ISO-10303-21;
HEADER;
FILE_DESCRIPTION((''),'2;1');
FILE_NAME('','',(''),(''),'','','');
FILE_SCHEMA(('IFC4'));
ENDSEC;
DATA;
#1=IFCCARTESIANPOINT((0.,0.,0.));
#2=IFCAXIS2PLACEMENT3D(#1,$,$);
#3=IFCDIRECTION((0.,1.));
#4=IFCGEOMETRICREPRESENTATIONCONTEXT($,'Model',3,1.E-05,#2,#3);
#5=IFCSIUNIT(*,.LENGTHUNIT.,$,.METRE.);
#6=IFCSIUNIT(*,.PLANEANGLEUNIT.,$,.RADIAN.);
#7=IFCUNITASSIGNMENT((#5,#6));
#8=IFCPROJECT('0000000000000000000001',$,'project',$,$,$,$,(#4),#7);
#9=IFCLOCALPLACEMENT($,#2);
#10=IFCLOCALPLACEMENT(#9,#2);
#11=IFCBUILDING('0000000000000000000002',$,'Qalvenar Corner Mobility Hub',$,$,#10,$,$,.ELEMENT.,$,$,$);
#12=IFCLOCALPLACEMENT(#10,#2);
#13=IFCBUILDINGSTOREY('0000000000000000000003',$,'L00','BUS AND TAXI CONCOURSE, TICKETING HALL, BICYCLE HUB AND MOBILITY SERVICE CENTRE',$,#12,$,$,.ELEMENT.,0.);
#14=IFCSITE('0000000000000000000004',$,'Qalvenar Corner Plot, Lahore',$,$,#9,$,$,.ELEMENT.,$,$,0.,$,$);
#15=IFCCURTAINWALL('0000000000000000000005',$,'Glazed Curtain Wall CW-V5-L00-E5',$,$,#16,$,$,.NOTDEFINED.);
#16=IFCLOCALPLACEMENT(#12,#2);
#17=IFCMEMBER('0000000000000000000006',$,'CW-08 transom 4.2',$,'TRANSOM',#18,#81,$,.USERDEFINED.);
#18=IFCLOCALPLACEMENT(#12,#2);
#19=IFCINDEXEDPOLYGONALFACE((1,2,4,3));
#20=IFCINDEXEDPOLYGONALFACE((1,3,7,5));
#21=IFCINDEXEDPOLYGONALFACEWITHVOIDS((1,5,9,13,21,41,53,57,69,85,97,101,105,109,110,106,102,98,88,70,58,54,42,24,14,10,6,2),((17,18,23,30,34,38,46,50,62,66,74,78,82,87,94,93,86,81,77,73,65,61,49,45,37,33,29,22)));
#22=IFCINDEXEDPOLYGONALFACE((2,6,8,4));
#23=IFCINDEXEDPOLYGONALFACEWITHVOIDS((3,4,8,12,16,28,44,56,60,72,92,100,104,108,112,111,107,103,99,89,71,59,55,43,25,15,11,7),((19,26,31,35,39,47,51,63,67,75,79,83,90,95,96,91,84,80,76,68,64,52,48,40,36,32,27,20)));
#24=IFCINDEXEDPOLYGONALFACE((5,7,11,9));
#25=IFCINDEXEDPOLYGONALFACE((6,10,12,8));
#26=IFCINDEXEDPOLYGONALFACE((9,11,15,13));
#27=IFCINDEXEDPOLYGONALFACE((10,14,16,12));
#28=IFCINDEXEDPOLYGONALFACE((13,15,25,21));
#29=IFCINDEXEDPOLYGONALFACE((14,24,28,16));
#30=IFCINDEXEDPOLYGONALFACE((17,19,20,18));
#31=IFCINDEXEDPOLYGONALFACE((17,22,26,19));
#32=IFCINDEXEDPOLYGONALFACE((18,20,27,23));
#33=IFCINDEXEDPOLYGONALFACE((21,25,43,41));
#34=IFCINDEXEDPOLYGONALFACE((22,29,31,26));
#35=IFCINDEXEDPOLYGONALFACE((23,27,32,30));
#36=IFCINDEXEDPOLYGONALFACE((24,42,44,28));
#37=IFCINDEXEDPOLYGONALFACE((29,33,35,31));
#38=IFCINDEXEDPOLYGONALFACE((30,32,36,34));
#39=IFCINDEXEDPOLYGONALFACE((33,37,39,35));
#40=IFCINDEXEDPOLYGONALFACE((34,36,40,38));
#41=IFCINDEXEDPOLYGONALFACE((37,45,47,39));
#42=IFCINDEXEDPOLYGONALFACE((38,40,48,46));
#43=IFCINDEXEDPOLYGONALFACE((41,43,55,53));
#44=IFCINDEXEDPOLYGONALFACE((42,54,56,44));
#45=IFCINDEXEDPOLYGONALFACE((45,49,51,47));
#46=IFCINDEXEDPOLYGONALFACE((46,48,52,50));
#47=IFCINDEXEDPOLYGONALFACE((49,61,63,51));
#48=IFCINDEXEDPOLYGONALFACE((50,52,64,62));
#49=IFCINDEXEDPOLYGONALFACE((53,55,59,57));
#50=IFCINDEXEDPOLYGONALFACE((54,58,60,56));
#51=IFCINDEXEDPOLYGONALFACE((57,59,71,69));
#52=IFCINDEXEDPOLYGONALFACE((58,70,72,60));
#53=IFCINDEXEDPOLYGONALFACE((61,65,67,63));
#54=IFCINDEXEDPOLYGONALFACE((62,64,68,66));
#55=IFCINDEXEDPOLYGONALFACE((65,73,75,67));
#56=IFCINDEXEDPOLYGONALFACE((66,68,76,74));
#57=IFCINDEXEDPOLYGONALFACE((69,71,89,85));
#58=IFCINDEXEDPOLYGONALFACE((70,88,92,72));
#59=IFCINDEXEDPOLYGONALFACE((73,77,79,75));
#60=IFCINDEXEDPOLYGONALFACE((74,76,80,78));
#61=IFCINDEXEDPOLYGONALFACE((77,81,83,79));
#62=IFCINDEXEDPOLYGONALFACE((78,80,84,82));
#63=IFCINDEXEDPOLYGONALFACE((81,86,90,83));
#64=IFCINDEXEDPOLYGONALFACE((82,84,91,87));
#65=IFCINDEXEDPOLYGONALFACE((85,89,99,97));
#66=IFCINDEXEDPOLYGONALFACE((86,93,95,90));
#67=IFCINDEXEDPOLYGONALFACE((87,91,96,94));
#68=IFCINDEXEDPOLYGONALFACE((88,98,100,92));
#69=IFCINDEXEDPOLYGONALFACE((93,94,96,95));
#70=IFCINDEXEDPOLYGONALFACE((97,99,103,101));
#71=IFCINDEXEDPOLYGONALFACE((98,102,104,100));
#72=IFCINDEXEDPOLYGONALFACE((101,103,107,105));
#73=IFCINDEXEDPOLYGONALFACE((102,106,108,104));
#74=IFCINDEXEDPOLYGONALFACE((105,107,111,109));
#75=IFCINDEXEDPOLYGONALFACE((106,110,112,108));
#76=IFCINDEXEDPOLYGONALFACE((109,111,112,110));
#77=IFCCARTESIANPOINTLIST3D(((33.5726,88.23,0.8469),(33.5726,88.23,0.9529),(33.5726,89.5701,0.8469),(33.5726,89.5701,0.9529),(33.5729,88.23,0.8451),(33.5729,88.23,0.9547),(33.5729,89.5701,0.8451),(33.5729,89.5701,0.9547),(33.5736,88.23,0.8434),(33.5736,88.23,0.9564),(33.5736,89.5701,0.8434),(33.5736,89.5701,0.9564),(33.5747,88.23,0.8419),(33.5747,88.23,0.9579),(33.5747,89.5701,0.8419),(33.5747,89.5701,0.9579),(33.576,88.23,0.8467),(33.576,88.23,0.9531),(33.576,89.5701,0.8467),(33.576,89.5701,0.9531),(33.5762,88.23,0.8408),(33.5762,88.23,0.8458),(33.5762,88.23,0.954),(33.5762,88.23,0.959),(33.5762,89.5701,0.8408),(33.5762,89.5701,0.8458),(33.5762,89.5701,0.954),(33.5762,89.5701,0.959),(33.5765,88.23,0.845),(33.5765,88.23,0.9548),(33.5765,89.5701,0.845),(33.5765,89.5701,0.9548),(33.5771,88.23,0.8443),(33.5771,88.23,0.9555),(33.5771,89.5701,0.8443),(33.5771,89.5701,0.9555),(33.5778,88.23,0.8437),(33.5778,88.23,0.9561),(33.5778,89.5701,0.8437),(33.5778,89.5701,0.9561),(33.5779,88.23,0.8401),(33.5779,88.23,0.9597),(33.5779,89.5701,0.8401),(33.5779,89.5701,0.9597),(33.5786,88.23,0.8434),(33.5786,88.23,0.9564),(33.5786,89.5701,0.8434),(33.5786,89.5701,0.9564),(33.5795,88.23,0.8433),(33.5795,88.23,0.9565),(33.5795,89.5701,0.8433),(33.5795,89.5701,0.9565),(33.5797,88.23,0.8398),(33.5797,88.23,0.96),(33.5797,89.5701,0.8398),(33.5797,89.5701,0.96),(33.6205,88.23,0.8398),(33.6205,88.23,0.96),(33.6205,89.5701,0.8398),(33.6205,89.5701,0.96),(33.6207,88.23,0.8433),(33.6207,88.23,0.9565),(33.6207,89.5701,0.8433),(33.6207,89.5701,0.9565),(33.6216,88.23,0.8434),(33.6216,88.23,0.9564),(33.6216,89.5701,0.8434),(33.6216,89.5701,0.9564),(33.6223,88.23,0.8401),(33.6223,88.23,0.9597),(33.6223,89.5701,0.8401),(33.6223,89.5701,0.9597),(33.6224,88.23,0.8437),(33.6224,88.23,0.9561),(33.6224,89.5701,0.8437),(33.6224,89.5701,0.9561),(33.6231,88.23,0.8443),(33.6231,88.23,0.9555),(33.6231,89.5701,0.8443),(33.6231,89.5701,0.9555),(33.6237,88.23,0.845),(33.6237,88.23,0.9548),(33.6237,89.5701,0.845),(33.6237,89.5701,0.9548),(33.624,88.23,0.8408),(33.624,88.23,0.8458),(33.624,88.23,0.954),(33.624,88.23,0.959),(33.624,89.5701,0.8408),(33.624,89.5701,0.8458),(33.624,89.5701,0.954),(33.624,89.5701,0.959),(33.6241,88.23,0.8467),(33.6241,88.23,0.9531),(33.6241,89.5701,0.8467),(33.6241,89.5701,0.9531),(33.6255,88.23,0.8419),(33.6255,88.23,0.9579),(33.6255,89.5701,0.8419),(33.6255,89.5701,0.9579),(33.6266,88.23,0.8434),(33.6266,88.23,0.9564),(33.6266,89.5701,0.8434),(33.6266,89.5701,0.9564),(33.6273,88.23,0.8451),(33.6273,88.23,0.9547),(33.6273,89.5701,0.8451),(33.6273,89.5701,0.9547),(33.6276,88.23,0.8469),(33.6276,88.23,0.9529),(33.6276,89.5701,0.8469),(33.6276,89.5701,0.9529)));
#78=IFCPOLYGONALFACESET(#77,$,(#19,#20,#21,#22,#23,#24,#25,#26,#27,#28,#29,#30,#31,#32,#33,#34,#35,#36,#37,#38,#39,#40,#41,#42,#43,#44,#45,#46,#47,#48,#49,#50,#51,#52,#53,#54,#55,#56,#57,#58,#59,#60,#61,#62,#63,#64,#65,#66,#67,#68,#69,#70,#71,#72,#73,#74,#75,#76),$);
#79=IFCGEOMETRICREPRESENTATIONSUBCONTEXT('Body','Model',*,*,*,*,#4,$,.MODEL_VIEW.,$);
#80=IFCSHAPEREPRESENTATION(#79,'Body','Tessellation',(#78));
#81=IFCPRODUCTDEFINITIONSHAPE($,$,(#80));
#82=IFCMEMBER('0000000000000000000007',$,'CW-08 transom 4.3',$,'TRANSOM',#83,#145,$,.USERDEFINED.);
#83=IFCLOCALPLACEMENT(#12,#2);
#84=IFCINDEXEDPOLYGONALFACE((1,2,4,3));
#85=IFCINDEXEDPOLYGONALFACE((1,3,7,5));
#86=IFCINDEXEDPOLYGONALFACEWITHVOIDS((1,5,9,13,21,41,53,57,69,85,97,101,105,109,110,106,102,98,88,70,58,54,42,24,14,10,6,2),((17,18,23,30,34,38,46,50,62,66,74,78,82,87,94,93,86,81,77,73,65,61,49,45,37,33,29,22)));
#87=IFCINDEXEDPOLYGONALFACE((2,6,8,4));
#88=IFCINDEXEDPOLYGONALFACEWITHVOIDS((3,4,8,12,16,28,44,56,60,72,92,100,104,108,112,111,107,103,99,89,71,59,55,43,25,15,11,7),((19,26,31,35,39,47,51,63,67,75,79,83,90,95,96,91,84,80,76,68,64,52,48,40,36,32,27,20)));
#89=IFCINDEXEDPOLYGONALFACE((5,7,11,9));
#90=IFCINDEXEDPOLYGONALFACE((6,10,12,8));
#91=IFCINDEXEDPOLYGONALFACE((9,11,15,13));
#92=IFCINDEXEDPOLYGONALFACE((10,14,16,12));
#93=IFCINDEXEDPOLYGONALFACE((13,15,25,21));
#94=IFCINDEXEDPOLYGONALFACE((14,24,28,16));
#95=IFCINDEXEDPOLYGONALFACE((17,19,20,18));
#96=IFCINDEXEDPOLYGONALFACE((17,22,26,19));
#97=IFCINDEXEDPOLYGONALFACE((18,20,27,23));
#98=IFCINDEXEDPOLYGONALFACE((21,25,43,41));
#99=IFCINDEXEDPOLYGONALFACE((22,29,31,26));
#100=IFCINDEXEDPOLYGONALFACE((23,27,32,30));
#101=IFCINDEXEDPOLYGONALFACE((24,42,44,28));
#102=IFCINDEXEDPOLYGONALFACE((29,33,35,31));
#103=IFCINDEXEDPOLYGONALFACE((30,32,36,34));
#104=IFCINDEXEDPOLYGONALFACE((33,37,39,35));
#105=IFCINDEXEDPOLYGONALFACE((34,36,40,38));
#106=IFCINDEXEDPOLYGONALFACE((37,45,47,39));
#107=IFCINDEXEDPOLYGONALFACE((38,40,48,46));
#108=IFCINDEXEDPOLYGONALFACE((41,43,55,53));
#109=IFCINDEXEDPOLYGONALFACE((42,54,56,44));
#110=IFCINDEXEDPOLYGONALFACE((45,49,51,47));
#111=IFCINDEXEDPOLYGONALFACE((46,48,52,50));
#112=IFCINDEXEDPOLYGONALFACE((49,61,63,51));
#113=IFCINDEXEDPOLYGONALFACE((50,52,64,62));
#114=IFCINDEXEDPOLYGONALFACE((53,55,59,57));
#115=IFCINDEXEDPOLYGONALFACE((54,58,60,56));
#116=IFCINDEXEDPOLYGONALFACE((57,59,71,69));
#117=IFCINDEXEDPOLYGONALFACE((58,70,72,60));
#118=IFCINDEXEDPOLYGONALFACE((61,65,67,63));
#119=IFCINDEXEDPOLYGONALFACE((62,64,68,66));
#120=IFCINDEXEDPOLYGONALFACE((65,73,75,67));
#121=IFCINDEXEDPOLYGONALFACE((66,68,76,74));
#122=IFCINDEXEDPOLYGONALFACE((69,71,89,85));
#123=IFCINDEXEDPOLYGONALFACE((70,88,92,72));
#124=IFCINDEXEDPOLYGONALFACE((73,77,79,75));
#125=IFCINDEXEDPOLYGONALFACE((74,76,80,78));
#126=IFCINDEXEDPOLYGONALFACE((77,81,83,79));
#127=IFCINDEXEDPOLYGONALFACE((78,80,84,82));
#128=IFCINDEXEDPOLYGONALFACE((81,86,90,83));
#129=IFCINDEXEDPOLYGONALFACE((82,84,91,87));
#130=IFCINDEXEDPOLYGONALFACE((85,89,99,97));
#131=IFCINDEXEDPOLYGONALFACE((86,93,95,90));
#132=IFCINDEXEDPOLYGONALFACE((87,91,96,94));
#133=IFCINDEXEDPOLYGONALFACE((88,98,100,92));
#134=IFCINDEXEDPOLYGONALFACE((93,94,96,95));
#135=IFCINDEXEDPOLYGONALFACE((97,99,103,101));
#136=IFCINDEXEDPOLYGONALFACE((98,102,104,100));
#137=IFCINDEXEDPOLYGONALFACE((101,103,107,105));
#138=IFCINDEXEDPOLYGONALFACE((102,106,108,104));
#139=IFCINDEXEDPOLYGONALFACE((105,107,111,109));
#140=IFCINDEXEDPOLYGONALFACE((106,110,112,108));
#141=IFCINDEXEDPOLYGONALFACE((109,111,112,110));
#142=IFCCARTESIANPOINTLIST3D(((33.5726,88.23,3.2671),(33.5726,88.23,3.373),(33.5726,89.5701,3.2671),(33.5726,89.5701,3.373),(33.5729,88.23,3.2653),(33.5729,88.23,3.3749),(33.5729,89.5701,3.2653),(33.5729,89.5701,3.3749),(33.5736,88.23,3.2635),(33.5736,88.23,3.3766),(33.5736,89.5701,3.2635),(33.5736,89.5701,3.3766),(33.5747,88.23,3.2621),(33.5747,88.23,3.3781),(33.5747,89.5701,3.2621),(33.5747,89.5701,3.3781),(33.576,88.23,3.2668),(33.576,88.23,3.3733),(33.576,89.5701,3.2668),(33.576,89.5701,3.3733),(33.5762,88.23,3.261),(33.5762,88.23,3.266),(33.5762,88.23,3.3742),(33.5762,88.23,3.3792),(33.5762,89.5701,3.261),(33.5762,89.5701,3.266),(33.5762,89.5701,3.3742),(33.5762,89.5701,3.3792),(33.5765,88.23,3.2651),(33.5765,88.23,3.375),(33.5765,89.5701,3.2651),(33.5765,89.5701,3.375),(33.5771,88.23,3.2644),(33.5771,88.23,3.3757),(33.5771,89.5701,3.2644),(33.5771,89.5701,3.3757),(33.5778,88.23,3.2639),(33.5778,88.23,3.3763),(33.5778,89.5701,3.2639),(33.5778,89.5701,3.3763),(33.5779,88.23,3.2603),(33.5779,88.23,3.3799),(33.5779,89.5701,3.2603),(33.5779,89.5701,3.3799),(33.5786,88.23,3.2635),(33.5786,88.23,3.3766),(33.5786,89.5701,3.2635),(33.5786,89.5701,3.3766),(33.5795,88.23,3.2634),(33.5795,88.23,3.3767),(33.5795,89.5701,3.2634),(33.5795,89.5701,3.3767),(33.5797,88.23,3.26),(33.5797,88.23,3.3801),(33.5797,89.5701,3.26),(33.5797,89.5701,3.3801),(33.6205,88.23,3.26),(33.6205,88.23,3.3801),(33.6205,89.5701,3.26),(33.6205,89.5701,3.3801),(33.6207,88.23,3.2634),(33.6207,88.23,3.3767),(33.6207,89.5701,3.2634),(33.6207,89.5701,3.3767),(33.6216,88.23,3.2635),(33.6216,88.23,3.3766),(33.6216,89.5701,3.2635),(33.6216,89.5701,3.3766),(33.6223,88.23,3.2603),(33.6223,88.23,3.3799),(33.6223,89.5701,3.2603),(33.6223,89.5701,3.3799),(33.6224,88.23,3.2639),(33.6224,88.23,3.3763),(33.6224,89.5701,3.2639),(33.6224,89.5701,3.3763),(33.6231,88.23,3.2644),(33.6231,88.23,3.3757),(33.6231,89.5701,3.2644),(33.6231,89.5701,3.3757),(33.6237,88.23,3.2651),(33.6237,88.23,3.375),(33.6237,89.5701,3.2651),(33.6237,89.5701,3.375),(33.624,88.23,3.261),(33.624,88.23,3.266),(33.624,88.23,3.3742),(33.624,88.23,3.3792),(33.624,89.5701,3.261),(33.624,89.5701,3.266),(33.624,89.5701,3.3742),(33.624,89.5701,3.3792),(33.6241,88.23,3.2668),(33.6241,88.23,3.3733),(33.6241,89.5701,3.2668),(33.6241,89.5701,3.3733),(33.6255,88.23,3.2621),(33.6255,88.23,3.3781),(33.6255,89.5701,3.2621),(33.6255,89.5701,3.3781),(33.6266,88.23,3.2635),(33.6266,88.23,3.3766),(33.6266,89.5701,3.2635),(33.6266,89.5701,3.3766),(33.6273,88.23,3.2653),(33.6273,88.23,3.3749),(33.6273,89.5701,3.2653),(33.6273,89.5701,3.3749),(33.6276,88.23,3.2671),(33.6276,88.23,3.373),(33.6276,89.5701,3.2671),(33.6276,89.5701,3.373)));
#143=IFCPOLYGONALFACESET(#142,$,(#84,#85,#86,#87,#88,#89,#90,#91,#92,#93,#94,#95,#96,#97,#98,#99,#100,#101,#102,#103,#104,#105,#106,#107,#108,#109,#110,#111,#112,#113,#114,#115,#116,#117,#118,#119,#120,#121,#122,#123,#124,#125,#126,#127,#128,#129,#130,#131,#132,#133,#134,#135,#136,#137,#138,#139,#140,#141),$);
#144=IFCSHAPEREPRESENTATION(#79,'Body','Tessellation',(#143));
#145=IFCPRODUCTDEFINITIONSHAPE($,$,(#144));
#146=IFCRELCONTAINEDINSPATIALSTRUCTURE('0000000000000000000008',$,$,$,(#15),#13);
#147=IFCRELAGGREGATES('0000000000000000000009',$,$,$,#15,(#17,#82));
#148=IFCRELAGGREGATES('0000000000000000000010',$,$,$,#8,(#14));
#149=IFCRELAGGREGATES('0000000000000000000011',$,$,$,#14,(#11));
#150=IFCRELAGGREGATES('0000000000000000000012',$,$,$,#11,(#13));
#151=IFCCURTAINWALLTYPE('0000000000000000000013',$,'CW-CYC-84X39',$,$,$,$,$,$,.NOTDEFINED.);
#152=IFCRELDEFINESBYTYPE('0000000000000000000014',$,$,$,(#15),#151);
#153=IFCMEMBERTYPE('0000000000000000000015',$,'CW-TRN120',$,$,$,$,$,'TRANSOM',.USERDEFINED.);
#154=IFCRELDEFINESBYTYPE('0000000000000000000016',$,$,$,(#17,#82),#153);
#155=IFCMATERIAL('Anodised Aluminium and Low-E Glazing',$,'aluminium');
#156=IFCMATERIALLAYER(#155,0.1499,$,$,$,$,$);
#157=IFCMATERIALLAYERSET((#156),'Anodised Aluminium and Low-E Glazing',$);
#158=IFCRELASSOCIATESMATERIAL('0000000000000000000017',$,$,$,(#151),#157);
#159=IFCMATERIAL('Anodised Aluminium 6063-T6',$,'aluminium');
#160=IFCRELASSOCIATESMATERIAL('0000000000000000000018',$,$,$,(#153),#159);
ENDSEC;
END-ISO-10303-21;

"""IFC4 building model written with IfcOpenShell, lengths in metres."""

from ifc_helpers import new_model, si_unit, direction, frame, origin, origin_2d, place, context, subcontext, project, spatial, hollow_rectangle, extrude, material, layer, layer_set, material_profile, profile_set, type_object, element, aggregate, save


model = new_model("IFC4")

# Units and contexts
model_context = context("Model", 3, precision=1e-05, world=origin(), true_north=direction((0.0, 1.0)))
body_context = subcontext(model_context, "Body", "Model", "MODEL_VIEW")
ifc_project = project(units=[si_unit("LENGTHUNIT", "METRE"), si_unit("PLANEANGLEUNIT", "RADIAN")], contexts=[model_context])

# Site, building, storey
site_placement = place(None, origin())
site = spatial("IfcSite", under=ifc_project, at=site_placement, Name="Qalvenar Corner Plot, Lahore", CompositionType="ELEMENT", RefElevation=0.0)
building_placement = place(site_placement, origin())
building = spatial("IfcBuilding", under=site, at=building_placement, Name="Qalvenar Corner Mobility Hub", CompositionType="ELEMENT")
storey_placement = place(building_placement, origin())
storey = spatial("IfcBuildingStorey", under=building, at=storey_placement, Name="L00", Description="BUS AND TAXI CONCOURSE, TICKETING HALL, BICYCLE HUB AND MOBILITY SERVICE CENTRE", CompositionType="ELEMENT", Elevation=0.0)

# Curtain wall, members
ifc_material_1 = material(Name="Anodised Aluminium and Low-E Glazing", Category="aluminium")
ifc_layer_1 = layer(ifc_material_1, 0.1499)
ifc_layer_set_1 = layer_set([ifc_layer_1], Name="Anodised Aluminium and Low-E Glazing")
curtain_wall_type = type_object("IfcCurtainWallType", Name="CW-CYC-84X39", PredefinedType="NOTDEFINED", material=ifc_layer_set_1)
curtain_wall_placement = place(storey_placement, origin())
curtain_wall = element("IfcCurtainWall", 1, at=curtain_wall_placement, inside=storey, type_object=curtain_wall_type, Name="Glazed Curtain Wall CW-V5-L00-E5", PredefinedType="NOTDEFINED")
ifc_material_2 = material(Name="Anodised Aluminium 6063-T6", Category="aluminium")
ifc_material_profile_1 = material_profile(ifc_material_2, hollow_rectangle(XDim=0.0549, YDim=0.1201, WallThickness=0.0034, InnerFilletRadius=0.0034, OuterFilletRadius=0.0071, at=origin_2d()), Name="RHS120x55x3.5")
ifc_profile_set_1 = profile_set([ifc_material_profile_1], Name="Anodised Aluminium 6063-T6")
member_type_1 = type_object("IfcMemberType", Name="CW-TRN120", ElementType="TRANSOM", PredefinedType="USERDEFINED", material=ifc_profile_set_1)
member_1_placement = place(storey_placement, frame((33.6001, 88.23, 0.8999), z_axis=(0.0, 1.0, 0.0), x_axis=(-1.0, 0.0, 0.0)))
member_1 = element("IfcMember", 2, at=member_1_placement, type_object=member_type_1, Name="CW-08 transom 4.2", ObjectType="TRANSOM", PredefinedType="USERDEFINED", context=body_context, shape_type="SweptSolid", body=[
    extrude(hollow_rectangle(XDim=0.0549, YDim=0.1201, WallThickness=0.0034, InnerFilletRadius=0.0034, OuterFilletRadius=0.0071, at=origin_2d()), origin(), (0.0, 0.0, 1.0), 1.3401),
])
member_2_placement = place(storey_placement, frame((33.6001, 88.23, 3.3201), z_axis=(0.0, 1.0, 0.0), x_axis=(-1.0, 0.0, 0.0)))
member_2 = element("IfcMember", 3, at=member_2_placement, type_object=member_type_1, Name="CW-08 transom 4.3", ObjectType="TRANSOM", PredefinedType="USERDEFINED", context=body_context, shape_type="SweptSolid", body=[
    extrude(hollow_rectangle(XDim=0.0549, YDim=0.1201, WallThickness=0.0034, InnerFilletRadius=0.0034, OuterFilletRadius=0.0071, at=origin_2d()), origin(), (0.0, 0.0, 1.0), 1.3401),
])
aggregate(curtain_wall, [member_1, member_2])

save(model, "model.ifc")
